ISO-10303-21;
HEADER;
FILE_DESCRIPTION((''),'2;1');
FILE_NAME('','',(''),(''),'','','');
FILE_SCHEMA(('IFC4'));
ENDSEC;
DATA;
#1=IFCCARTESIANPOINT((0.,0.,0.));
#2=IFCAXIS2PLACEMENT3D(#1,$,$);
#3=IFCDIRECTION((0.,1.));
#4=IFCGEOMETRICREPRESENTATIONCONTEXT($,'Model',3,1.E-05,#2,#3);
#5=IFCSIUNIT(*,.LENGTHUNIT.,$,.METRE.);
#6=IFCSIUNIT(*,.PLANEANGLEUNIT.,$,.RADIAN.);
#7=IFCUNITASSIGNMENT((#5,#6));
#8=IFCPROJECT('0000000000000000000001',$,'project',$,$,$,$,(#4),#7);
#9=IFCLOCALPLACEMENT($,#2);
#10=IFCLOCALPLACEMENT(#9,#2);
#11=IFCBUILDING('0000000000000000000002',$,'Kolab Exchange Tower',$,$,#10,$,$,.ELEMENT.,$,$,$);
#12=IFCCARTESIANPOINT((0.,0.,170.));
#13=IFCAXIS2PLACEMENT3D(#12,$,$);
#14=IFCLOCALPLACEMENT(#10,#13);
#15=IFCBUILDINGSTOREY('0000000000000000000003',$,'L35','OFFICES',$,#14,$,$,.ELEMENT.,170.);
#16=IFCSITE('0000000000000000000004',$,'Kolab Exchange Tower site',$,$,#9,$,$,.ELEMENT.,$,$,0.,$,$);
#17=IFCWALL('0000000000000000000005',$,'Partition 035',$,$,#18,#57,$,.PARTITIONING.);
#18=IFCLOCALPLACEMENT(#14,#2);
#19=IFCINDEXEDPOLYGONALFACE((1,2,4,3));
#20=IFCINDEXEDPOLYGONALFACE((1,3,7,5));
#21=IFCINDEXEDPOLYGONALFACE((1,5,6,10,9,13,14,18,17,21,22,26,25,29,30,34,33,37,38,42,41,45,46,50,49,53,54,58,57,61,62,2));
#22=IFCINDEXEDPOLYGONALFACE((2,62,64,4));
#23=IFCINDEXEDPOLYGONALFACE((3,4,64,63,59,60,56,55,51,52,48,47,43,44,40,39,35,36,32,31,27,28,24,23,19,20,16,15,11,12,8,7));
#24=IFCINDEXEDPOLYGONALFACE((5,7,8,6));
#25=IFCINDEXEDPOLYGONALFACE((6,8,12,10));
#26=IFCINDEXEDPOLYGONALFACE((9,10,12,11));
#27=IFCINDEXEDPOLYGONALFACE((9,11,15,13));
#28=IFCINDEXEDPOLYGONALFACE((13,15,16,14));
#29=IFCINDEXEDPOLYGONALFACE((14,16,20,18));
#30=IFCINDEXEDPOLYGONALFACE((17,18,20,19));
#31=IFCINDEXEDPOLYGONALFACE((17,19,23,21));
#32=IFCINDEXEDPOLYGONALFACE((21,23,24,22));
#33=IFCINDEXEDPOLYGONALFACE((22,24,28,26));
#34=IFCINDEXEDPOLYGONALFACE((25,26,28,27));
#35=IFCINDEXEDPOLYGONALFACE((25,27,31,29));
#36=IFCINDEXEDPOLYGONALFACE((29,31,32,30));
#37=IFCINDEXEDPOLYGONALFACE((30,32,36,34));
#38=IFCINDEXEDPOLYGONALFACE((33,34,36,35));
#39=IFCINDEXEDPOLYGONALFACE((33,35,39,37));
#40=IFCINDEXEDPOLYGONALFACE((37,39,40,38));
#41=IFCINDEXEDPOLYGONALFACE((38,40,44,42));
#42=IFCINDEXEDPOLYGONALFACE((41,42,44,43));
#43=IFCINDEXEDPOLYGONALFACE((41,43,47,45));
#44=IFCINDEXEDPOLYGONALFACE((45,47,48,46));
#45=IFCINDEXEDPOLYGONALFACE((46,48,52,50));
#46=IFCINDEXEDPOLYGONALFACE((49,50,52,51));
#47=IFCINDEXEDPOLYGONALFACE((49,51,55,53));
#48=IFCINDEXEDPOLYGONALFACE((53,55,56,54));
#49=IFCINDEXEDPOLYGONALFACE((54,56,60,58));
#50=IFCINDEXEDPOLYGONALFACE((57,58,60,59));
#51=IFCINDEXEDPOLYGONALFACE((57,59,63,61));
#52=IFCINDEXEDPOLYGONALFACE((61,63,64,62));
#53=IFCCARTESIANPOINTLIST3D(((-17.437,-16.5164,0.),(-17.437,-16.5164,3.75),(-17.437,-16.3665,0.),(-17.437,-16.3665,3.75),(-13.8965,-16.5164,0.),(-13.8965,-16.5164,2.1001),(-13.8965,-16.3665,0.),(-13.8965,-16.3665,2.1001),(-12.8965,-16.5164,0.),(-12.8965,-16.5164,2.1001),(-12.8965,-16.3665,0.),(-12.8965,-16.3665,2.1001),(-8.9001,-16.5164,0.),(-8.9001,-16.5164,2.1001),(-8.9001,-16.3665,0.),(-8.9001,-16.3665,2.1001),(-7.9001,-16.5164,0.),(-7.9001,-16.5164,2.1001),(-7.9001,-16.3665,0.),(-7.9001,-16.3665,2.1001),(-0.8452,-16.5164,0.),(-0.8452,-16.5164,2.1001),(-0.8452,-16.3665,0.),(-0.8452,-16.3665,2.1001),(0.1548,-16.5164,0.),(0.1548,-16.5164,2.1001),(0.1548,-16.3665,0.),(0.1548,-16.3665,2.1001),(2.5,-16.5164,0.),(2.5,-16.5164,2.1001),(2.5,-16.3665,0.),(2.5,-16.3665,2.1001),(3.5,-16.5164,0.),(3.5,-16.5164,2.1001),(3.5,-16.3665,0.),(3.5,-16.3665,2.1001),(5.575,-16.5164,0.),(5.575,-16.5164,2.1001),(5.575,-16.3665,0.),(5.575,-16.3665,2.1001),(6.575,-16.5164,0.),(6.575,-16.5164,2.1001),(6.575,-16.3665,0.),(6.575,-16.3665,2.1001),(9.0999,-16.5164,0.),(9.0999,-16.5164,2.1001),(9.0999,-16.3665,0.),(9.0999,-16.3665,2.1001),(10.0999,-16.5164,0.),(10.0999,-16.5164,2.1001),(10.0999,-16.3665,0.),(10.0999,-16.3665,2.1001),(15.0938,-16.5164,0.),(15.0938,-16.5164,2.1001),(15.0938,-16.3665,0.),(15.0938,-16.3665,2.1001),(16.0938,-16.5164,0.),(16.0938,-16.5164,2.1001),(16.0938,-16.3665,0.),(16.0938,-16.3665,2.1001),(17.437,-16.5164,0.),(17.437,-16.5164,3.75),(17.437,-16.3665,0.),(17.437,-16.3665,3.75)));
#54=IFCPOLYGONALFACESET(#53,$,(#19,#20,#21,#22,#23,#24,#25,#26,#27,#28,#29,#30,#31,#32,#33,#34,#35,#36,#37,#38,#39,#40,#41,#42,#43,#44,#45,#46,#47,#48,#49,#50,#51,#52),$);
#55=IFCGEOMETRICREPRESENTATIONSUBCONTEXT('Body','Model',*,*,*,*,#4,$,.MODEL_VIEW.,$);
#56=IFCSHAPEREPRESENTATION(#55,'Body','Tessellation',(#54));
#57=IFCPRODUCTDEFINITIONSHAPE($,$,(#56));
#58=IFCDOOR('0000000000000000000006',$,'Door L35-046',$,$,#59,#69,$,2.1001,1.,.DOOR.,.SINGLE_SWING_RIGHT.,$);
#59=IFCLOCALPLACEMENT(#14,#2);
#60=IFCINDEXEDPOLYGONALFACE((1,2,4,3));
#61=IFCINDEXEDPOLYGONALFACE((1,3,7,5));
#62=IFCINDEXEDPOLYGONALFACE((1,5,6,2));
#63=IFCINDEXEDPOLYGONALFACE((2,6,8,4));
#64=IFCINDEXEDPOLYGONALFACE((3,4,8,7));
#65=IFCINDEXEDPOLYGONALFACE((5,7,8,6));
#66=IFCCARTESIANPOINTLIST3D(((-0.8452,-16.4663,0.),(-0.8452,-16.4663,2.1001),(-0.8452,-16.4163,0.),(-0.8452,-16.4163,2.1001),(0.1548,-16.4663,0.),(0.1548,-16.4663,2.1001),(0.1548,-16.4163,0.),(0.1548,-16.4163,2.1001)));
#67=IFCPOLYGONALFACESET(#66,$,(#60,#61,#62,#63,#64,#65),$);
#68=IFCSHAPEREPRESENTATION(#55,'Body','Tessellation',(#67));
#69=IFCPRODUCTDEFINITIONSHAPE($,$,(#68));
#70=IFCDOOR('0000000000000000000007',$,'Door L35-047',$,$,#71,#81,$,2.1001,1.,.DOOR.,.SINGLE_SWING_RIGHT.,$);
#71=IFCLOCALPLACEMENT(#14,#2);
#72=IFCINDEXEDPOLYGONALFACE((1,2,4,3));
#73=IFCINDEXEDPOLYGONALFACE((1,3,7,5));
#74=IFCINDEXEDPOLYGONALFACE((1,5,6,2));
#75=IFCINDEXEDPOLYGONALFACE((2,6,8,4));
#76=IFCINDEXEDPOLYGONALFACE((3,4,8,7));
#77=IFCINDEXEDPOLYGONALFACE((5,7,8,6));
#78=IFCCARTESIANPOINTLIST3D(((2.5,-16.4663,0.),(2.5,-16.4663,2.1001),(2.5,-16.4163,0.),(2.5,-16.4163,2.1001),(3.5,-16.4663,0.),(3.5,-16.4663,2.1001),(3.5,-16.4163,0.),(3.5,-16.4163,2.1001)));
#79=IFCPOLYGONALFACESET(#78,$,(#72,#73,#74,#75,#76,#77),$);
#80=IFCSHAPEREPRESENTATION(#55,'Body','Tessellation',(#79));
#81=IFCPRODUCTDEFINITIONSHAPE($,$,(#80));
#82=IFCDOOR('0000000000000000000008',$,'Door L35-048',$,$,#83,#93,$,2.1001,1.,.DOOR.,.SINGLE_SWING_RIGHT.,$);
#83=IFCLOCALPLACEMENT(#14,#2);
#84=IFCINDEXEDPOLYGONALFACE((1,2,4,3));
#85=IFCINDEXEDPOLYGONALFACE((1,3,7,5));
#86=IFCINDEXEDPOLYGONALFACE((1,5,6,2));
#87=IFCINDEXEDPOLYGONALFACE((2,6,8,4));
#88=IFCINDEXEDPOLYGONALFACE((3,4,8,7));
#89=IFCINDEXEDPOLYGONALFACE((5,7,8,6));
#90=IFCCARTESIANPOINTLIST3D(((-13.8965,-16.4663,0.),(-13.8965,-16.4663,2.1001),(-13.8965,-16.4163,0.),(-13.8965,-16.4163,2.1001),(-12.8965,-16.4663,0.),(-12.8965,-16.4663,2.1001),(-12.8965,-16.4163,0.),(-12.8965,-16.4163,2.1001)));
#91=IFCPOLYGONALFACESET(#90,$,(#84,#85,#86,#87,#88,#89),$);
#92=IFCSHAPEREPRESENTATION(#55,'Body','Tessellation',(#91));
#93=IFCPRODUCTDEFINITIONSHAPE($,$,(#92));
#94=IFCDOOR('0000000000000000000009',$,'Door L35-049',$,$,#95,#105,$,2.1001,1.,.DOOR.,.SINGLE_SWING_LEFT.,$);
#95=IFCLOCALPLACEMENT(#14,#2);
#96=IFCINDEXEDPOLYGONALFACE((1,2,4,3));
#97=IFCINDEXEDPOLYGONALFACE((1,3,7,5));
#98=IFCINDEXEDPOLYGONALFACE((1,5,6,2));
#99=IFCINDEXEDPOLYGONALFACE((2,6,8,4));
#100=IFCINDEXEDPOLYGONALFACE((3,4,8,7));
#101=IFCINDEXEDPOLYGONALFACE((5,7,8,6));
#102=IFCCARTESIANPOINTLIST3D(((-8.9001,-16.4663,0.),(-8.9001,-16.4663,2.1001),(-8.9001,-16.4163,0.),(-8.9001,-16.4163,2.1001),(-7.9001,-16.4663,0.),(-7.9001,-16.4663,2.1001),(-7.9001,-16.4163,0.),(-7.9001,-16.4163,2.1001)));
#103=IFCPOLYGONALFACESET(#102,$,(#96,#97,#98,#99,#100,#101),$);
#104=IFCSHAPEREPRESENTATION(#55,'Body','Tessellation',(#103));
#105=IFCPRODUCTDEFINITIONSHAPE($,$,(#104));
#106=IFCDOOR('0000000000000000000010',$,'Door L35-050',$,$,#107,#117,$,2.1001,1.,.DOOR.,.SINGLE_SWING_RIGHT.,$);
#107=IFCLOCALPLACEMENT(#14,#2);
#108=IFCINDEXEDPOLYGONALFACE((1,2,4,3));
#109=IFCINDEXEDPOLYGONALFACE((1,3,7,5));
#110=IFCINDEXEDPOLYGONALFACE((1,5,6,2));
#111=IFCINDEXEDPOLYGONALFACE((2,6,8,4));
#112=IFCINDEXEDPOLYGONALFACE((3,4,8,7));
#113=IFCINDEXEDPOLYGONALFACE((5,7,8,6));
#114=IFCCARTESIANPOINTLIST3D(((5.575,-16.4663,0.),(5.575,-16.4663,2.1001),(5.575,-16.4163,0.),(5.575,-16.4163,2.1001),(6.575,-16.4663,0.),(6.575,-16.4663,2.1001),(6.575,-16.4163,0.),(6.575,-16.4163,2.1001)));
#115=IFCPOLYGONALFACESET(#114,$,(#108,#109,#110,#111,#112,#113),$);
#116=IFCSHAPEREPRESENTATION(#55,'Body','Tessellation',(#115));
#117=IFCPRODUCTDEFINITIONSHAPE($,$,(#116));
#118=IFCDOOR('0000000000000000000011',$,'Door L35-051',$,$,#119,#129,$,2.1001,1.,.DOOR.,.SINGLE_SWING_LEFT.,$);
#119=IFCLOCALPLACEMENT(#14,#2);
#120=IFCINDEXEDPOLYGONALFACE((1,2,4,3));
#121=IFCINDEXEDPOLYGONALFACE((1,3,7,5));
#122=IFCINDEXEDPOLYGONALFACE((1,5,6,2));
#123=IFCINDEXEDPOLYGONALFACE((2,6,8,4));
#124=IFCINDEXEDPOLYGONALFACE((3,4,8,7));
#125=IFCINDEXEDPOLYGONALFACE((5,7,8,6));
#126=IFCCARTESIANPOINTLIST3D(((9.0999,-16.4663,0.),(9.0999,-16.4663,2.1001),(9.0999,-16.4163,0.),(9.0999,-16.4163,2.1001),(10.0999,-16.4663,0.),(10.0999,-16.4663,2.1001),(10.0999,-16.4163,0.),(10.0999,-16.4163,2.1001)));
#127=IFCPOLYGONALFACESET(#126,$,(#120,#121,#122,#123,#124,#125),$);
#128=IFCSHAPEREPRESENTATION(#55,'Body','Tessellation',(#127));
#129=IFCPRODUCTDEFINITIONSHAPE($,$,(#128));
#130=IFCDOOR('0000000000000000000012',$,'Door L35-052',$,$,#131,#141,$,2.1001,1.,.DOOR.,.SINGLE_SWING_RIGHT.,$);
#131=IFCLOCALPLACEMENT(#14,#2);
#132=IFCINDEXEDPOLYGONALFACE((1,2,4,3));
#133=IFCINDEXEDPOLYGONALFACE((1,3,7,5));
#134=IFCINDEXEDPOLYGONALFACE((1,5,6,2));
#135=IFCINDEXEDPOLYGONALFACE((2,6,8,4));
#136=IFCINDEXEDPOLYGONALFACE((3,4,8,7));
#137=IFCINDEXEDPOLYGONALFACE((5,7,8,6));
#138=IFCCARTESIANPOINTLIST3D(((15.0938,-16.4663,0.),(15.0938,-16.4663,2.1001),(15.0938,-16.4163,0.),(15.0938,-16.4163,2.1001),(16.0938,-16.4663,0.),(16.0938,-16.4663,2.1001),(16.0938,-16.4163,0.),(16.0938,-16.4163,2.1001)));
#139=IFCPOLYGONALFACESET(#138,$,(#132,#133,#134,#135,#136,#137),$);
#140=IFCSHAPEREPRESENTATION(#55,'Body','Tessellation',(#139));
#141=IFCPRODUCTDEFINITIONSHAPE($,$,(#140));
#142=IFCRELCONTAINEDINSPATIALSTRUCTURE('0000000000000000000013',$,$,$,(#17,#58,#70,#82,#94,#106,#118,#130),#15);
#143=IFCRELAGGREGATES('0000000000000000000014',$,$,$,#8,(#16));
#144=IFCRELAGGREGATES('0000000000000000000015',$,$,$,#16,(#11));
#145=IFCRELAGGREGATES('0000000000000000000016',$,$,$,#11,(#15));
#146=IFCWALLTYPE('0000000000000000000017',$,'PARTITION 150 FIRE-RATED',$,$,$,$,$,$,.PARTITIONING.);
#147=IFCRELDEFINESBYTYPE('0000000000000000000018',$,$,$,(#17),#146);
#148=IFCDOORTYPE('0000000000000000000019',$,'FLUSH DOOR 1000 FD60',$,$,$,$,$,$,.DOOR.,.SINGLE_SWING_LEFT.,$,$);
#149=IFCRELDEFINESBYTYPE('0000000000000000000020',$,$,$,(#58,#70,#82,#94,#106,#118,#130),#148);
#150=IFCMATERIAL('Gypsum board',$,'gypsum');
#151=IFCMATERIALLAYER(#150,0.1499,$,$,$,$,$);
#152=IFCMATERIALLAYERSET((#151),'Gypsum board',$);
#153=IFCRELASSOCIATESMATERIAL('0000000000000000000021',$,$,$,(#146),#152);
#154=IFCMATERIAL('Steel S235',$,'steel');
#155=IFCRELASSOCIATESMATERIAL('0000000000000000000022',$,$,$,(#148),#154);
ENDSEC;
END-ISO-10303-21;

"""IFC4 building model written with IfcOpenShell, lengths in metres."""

from ifc_helpers import new_model, si_unit, direction, frame, frame_2d, origin, place, context, subcontext, project, spatial, rectangle, extrude, material, layer, layer_set, type_object, element, fill, save


model = new_model("IFC4")

# Units and contexts
model_context = context("Model", 3, precision=1e-05, world=origin(), true_north=direction((0.0, 1.0)))
body_context = subcontext(model_context, "Body", "Model", "MODEL_VIEW")
ifc_project = project(units=[si_unit("LENGTHUNIT", "METRE"), si_unit("PLANEANGLEUNIT", "RADIAN")], contexts=[model_context])

# Site, building, storey
site_placement = place(None, origin())
site = spatial("IfcSite", under=ifc_project, at=site_placement, Name="Kolab Exchange Tower site", CompositionType="ELEMENT", RefElevation=0.0)
building_placement = place(site_placement, origin())
building = spatial("IfcBuilding", under=site, at=building_placement, Name="Kolab Exchange Tower", CompositionType="ELEMENT")
storey_placement = place(building_placement, frame((0.0, 0.0, 170.0)))
storey = spatial("IfcBuildingStorey", under=building, at=storey_placement, Name="L35", Description="OFFICES", CompositionType="ELEMENT", Elevation=170.0)

# Shared definitions
ifc_material_1 = material(Name="Gypsum board", Category="gypsum")

# Wall, openings, doors
ifc_layer_1 = layer(ifc_material_1, 0.1499)
ifc_layer_set_1 = layer_set([ifc_layer_1], Name="Gypsum board")
wall_type_1 = type_object("IfcWallType", Name="PARTITION 150 FIRE-RATED", PredefinedType="PARTITIONING", material=ifc_layer_set_1)
wall_1_placement = place(storey_placement, frame((-17.437, -16.4414, 0.0), z_axis=(0.0, 0.0, 1.0), x_axis=(1.0, 0.0, 0.0)))
wall_1 = element("IfcWall", 1, at=wall_1_placement, inside=storey, type_object=wall_type_1, Name="Partition 035", PredefinedType="PARTITIONING", context=body_context, shape_type="SweptSolid", body=[
    extrude(rectangle(XDim=34.874, YDim=0.1499, at=frame_2d((17.437, 0.0))), origin(), (0.0, 0.0, 1.0), 3.75),
])
opening_1_placement = place(wall_1_placement, frame((16.5918, 0.0, 0.0)))
opening_1 = element("IfcOpeningElement", 2, at=opening_1_placement, cuts=wall_1, PredefinedType="OPENING", context=body_context, shape_type="SweptSolid", body=[
    extrude(rectangle(XDim=1.0, YDim=2.1001, at=frame_2d((0.5, 1.05))), frame((0.0, 0.085, 0.0), z_axis=(0.0, -1.0, 0.0), x_axis=(1.0, 0.0, 0.0)), (0.0, 0.0, 1.0), 0.1699),
])
opening_2_placement = place(wall_1_placement, frame((19.937, 0.0, 0.0)))
opening_2 = element("IfcOpeningElement", 3, at=opening_2_placement, cuts=wall_1, PredefinedType="OPENING", context=body_context, shape_type="SweptSolid", body=[
    extrude(rectangle(XDim=1.0, YDim=2.1001, at=frame_2d((0.5, 1.05))), frame((0.0, 0.085, 0.0), z_axis=(0.0, -1.0, 0.0), x_axis=(1.0, 0.0, 0.0)), (0.0, 0.0, 1.0), 0.1699),
])
opening_3_placement = place(wall_1_placement, frame((3.5405, 0.0, 0.0)))
opening_3 = element("IfcOpeningElement", 4, at=opening_3_placement, cuts=wall_1, PredefinedType="OPENING", context=body_context, shape_type="SweptSolid", body=[
    extrude(rectangle(XDim=1.0, YDim=2.1001, at=frame_2d((0.5, 1.05))), frame((0.0, 0.085, 0.0), z_axis=(0.0, -1.0, 0.0), x_axis=(1.0, 0.0, 0.0)), (0.0, 0.0, 1.0), 0.1699),
])
opening_4_placement = place(wall_1_placement, frame((8.5369, 0.0, 0.0)))
opening_4 = element("IfcOpeningElement", 5, at=opening_4_placement, cuts=wall_1, PredefinedType="OPENING", context=body_context, shape_type="SweptSolid", body=[
    extrude(rectangle(XDim=1.0, YDim=2.1001, at=frame_2d((0.5, 1.05))), frame((0.0, 0.085, 0.0), z_axis=(0.0, -1.0, 0.0), x_axis=(1.0, 0.0, 0.0)), (0.0, 0.0, 1.0), 0.1699),
])
opening_5_placement = place(wall_1_placement, frame((23.012, 0.0, 0.0)))
opening_5 = element("IfcOpeningElement", 6, at=opening_5_placement, cuts=wall_1, PredefinedType="OPENING", context=body_context, shape_type="SweptSolid", body=[
    extrude(rectangle(XDim=1.0, YDim=2.1001, at=frame_2d((0.5, 1.05))), frame((0.0, 0.085, 0.0), z_axis=(0.0, -1.0, 0.0), x_axis=(1.0, 0.0, 0.0)), (0.0, 0.0, 1.0), 0.1699),
])
opening_6_placement = place(wall_1_placement, frame((26.5369, 0.0, 0.0)))
opening_6 = element("IfcOpeningElement", 7, at=opening_6_placement, cuts=wall_1, PredefinedType="OPENING", context=body_context, shape_type="SweptSolid", body=[
    extrude(rectangle(XDim=1.0, YDim=2.1001, at=frame_2d((0.5, 1.05))), frame((0.0, 0.085, 0.0), z_axis=(0.0, -1.0, 0.0), x_axis=(1.0, 0.0, 0.0)), (0.0, 0.0, 1.0), 0.1699),
])
opening_7_placement = place(wall_1_placement, frame((32.5308, 0.0, 0.0)))
opening_7 = element("IfcOpeningElement", 8, at=opening_7_placement, cuts=wall_1, PredefinedType="OPENING", context=body_context, shape_type="SweptSolid", body=[
    extrude(rectangle(XDim=1.0, YDim=2.1001, at=frame_2d((0.5, 1.05))), frame((0.0, 0.085, 0.0), z_axis=(0.0, -1.0, 0.0), x_axis=(1.0, 0.0, 0.0)), (0.0, 0.0, 1.0), 0.1699),
])
ifc_material_2 = material(Name="Steel S235", Category="steel")
door_type_1 = type_object("IfcDoorType", Name="FLUSH DOOR 1000 FD60", OperationType="SINGLE_SWING_LEFT", PredefinedType="DOOR", material=ifc_material_2)
door_1_placement = place(opening_1_placement, frame((1.0, 0.0, 0.0), z_axis=(0.0, 0.0, 1.0), x_axis=(-1.0, 0.0, 0.0)))
door_1 = element("IfcDoor", 9, at=door_1_placement, inside=storey, type_object=door_type_1, Name="Door L35-046", OperationType="SINGLE_SWING_RIGHT", OverallHeight=2.1001, OverallWidth=1.0, PredefinedType="DOOR", context=body_context, shape_type="SweptSolid", body=[
    extrude(rectangle(XDim=1.0, YDim=2.1001, at=frame_2d((0.5, 1.05))), frame((0.0, 0.0249, 0.0), z_axis=(0.0, -1.0, 0.0), x_axis=(1.0, 0.0, 0.0)), (0.0, 0.0, 1.0), 0.05),
])
fill(opening_1, door_1)
door_2_placement = place(opening_2_placement, frame((1.0, 0.0, 0.0), z_axis=(0.0, 0.0, 1.0), x_axis=(-1.0, 0.0, 0.0)))
door_2 = element("IfcDoor", 10, at=door_2_placement, inside=storey, type_object=door_type_1, Name="Door L35-047", OperationType="SINGLE_SWING_RIGHT", OverallHeight=2.1001, OverallWidth=1.0, PredefinedType="DOOR", context=body_context, shape_type="SweptSolid", body=[
    extrude(rectangle(XDim=1.0, YDim=2.1001, at=frame_2d((0.5, 1.05))), frame((0.0, 0.0249, 0.0), z_axis=(0.0, -1.0, 0.0), x_axis=(1.0, 0.0, 0.0)), (0.0, 0.0, 1.0), 0.05),
])
fill(opening_2, door_2)
door_3_placement = place(opening_3_placement, frame((1.0, 0.0, 0.0), z_axis=(0.0, 0.0, 1.0), x_axis=(-1.0, 0.0, 0.0)))
door_3 = element("IfcDoor", 11, at=door_3_placement, inside=storey, type_object=door_type_1, Name="Door L35-048", OperationType="SINGLE_SWING_RIGHT", OverallHeight=2.1001, OverallWidth=1.0, PredefinedType="DOOR", context=body_context, shape_type="SweptSolid", body=[
    extrude(rectangle(XDim=1.0, YDim=2.1001, at=frame_2d((0.5, 1.05))), frame((0.0, 0.0249, 0.0), z_axis=(0.0, -1.0, 0.0), x_axis=(1.0, 0.0, 0.0)), (0.0, 0.0, 1.0), 0.05),
])
fill(opening_3, door_3)
door_4_placement = place(opening_4_placement, frame((1.0, 0.0, 0.0), z_axis=(0.0, 0.0, 1.0), x_axis=(-1.0, 0.0, 0.0)))
door_4 = element("IfcDoor", 12, at=door_4_placement, inside=storey, type_object=door_type_1, Name="Door L35-049", OperationType="SINGLE_SWING_LEFT", OverallHeight=2.1001, OverallWidth=1.0, PredefinedType="DOOR", context=body_context, shape_type="SweptSolid", body=[
    extrude(rectangle(XDim=1.0, YDim=2.1001, at=frame_2d((0.5, 1.05))), frame((0.0, 0.0249, 0.0), z_axis=(0.0, -1.0, 0.0), x_axis=(1.0, 0.0, 0.0)), (0.0, 0.0, 1.0), 0.05),
])
fill(opening_4, door_4)
door_5_placement = place(opening_5_placement, frame((1.0, 0.0, 0.0), z_axis=(0.0, 0.0, 1.0), x_axis=(-1.0, 0.0, 0.0)))
door_5 = element("IfcDoor", 13, at=door_5_placement, inside=storey, type_object=door_type_1, Name="Door L35-050", OperationType="SINGLE_SWING_RIGHT", OverallHeight=2.1001, OverallWidth=1.0, PredefinedType="DOOR", context=body_context, shape_type="SweptSolid", body=[
    extrude(rectangle(XDim=1.0, YDim=2.1001, at=frame_2d((0.5, 1.05))), frame((0.0, 0.0249, 0.0), z_axis=(0.0, -1.0, 0.0), x_axis=(1.0, 0.0, 0.0)), (0.0, 0.0, 1.0), 0.05),
])
fill(opening_5, door_5)
door_6_placement = place(opening_6_placement, frame((1.0, 0.0, 0.0), z_axis=(0.0, 0.0, 1.0), x_axis=(-1.0, 0.0, 0.0)))
door_6 = element("IfcDoor", 14, at=door_6_placement, inside=storey, type_object=door_type_1, Name="Door L35-051", OperationType="SINGLE_SWING_LEFT", OverallHeight=2.1001, OverallWidth=1.0, PredefinedType="DOOR", context=body_context, shape_type="SweptSolid", body=[
    extrude(rectangle(XDim=1.0, YDim=2.1001, at=frame_2d((0.5, 1.05))), frame((0.0, 0.0249, 0.0), z_axis=(0.0, -1.0, 0.0), x_axis=(1.0, 0.0, 0.0)), (0.0, 0.0, 1.0), 0.05),
])
fill(opening_6, door_6)
door_7_placement = place(opening_7_placement, frame((1.0, 0.0, 0.0), z_axis=(0.0, 0.0, 1.0), x_axis=(-1.0, 0.0, 0.0)))
door_7 = element("IfcDoor", 15, at=door_7_placement, inside=storey, type_object=door_type_1, Name="Door L35-052", OperationType="SINGLE_SWING_RIGHT", OverallHeight=2.1001, OverallWidth=1.0, PredefinedType="DOOR", context=body_context, shape_type="SweptSolid", body=[
    extrude(rectangle(XDim=1.0, YDim=2.1001, at=frame_2d((0.5, 1.05))), frame((0.0, 0.0249, 0.0), z_axis=(0.0, -1.0, 0.0), x_axis=(1.0, 0.0, 0.0)), (0.0, 0.0, 1.0), 0.05),
])
fill(opening_7, door_7)

save(model, "model.ifc")
